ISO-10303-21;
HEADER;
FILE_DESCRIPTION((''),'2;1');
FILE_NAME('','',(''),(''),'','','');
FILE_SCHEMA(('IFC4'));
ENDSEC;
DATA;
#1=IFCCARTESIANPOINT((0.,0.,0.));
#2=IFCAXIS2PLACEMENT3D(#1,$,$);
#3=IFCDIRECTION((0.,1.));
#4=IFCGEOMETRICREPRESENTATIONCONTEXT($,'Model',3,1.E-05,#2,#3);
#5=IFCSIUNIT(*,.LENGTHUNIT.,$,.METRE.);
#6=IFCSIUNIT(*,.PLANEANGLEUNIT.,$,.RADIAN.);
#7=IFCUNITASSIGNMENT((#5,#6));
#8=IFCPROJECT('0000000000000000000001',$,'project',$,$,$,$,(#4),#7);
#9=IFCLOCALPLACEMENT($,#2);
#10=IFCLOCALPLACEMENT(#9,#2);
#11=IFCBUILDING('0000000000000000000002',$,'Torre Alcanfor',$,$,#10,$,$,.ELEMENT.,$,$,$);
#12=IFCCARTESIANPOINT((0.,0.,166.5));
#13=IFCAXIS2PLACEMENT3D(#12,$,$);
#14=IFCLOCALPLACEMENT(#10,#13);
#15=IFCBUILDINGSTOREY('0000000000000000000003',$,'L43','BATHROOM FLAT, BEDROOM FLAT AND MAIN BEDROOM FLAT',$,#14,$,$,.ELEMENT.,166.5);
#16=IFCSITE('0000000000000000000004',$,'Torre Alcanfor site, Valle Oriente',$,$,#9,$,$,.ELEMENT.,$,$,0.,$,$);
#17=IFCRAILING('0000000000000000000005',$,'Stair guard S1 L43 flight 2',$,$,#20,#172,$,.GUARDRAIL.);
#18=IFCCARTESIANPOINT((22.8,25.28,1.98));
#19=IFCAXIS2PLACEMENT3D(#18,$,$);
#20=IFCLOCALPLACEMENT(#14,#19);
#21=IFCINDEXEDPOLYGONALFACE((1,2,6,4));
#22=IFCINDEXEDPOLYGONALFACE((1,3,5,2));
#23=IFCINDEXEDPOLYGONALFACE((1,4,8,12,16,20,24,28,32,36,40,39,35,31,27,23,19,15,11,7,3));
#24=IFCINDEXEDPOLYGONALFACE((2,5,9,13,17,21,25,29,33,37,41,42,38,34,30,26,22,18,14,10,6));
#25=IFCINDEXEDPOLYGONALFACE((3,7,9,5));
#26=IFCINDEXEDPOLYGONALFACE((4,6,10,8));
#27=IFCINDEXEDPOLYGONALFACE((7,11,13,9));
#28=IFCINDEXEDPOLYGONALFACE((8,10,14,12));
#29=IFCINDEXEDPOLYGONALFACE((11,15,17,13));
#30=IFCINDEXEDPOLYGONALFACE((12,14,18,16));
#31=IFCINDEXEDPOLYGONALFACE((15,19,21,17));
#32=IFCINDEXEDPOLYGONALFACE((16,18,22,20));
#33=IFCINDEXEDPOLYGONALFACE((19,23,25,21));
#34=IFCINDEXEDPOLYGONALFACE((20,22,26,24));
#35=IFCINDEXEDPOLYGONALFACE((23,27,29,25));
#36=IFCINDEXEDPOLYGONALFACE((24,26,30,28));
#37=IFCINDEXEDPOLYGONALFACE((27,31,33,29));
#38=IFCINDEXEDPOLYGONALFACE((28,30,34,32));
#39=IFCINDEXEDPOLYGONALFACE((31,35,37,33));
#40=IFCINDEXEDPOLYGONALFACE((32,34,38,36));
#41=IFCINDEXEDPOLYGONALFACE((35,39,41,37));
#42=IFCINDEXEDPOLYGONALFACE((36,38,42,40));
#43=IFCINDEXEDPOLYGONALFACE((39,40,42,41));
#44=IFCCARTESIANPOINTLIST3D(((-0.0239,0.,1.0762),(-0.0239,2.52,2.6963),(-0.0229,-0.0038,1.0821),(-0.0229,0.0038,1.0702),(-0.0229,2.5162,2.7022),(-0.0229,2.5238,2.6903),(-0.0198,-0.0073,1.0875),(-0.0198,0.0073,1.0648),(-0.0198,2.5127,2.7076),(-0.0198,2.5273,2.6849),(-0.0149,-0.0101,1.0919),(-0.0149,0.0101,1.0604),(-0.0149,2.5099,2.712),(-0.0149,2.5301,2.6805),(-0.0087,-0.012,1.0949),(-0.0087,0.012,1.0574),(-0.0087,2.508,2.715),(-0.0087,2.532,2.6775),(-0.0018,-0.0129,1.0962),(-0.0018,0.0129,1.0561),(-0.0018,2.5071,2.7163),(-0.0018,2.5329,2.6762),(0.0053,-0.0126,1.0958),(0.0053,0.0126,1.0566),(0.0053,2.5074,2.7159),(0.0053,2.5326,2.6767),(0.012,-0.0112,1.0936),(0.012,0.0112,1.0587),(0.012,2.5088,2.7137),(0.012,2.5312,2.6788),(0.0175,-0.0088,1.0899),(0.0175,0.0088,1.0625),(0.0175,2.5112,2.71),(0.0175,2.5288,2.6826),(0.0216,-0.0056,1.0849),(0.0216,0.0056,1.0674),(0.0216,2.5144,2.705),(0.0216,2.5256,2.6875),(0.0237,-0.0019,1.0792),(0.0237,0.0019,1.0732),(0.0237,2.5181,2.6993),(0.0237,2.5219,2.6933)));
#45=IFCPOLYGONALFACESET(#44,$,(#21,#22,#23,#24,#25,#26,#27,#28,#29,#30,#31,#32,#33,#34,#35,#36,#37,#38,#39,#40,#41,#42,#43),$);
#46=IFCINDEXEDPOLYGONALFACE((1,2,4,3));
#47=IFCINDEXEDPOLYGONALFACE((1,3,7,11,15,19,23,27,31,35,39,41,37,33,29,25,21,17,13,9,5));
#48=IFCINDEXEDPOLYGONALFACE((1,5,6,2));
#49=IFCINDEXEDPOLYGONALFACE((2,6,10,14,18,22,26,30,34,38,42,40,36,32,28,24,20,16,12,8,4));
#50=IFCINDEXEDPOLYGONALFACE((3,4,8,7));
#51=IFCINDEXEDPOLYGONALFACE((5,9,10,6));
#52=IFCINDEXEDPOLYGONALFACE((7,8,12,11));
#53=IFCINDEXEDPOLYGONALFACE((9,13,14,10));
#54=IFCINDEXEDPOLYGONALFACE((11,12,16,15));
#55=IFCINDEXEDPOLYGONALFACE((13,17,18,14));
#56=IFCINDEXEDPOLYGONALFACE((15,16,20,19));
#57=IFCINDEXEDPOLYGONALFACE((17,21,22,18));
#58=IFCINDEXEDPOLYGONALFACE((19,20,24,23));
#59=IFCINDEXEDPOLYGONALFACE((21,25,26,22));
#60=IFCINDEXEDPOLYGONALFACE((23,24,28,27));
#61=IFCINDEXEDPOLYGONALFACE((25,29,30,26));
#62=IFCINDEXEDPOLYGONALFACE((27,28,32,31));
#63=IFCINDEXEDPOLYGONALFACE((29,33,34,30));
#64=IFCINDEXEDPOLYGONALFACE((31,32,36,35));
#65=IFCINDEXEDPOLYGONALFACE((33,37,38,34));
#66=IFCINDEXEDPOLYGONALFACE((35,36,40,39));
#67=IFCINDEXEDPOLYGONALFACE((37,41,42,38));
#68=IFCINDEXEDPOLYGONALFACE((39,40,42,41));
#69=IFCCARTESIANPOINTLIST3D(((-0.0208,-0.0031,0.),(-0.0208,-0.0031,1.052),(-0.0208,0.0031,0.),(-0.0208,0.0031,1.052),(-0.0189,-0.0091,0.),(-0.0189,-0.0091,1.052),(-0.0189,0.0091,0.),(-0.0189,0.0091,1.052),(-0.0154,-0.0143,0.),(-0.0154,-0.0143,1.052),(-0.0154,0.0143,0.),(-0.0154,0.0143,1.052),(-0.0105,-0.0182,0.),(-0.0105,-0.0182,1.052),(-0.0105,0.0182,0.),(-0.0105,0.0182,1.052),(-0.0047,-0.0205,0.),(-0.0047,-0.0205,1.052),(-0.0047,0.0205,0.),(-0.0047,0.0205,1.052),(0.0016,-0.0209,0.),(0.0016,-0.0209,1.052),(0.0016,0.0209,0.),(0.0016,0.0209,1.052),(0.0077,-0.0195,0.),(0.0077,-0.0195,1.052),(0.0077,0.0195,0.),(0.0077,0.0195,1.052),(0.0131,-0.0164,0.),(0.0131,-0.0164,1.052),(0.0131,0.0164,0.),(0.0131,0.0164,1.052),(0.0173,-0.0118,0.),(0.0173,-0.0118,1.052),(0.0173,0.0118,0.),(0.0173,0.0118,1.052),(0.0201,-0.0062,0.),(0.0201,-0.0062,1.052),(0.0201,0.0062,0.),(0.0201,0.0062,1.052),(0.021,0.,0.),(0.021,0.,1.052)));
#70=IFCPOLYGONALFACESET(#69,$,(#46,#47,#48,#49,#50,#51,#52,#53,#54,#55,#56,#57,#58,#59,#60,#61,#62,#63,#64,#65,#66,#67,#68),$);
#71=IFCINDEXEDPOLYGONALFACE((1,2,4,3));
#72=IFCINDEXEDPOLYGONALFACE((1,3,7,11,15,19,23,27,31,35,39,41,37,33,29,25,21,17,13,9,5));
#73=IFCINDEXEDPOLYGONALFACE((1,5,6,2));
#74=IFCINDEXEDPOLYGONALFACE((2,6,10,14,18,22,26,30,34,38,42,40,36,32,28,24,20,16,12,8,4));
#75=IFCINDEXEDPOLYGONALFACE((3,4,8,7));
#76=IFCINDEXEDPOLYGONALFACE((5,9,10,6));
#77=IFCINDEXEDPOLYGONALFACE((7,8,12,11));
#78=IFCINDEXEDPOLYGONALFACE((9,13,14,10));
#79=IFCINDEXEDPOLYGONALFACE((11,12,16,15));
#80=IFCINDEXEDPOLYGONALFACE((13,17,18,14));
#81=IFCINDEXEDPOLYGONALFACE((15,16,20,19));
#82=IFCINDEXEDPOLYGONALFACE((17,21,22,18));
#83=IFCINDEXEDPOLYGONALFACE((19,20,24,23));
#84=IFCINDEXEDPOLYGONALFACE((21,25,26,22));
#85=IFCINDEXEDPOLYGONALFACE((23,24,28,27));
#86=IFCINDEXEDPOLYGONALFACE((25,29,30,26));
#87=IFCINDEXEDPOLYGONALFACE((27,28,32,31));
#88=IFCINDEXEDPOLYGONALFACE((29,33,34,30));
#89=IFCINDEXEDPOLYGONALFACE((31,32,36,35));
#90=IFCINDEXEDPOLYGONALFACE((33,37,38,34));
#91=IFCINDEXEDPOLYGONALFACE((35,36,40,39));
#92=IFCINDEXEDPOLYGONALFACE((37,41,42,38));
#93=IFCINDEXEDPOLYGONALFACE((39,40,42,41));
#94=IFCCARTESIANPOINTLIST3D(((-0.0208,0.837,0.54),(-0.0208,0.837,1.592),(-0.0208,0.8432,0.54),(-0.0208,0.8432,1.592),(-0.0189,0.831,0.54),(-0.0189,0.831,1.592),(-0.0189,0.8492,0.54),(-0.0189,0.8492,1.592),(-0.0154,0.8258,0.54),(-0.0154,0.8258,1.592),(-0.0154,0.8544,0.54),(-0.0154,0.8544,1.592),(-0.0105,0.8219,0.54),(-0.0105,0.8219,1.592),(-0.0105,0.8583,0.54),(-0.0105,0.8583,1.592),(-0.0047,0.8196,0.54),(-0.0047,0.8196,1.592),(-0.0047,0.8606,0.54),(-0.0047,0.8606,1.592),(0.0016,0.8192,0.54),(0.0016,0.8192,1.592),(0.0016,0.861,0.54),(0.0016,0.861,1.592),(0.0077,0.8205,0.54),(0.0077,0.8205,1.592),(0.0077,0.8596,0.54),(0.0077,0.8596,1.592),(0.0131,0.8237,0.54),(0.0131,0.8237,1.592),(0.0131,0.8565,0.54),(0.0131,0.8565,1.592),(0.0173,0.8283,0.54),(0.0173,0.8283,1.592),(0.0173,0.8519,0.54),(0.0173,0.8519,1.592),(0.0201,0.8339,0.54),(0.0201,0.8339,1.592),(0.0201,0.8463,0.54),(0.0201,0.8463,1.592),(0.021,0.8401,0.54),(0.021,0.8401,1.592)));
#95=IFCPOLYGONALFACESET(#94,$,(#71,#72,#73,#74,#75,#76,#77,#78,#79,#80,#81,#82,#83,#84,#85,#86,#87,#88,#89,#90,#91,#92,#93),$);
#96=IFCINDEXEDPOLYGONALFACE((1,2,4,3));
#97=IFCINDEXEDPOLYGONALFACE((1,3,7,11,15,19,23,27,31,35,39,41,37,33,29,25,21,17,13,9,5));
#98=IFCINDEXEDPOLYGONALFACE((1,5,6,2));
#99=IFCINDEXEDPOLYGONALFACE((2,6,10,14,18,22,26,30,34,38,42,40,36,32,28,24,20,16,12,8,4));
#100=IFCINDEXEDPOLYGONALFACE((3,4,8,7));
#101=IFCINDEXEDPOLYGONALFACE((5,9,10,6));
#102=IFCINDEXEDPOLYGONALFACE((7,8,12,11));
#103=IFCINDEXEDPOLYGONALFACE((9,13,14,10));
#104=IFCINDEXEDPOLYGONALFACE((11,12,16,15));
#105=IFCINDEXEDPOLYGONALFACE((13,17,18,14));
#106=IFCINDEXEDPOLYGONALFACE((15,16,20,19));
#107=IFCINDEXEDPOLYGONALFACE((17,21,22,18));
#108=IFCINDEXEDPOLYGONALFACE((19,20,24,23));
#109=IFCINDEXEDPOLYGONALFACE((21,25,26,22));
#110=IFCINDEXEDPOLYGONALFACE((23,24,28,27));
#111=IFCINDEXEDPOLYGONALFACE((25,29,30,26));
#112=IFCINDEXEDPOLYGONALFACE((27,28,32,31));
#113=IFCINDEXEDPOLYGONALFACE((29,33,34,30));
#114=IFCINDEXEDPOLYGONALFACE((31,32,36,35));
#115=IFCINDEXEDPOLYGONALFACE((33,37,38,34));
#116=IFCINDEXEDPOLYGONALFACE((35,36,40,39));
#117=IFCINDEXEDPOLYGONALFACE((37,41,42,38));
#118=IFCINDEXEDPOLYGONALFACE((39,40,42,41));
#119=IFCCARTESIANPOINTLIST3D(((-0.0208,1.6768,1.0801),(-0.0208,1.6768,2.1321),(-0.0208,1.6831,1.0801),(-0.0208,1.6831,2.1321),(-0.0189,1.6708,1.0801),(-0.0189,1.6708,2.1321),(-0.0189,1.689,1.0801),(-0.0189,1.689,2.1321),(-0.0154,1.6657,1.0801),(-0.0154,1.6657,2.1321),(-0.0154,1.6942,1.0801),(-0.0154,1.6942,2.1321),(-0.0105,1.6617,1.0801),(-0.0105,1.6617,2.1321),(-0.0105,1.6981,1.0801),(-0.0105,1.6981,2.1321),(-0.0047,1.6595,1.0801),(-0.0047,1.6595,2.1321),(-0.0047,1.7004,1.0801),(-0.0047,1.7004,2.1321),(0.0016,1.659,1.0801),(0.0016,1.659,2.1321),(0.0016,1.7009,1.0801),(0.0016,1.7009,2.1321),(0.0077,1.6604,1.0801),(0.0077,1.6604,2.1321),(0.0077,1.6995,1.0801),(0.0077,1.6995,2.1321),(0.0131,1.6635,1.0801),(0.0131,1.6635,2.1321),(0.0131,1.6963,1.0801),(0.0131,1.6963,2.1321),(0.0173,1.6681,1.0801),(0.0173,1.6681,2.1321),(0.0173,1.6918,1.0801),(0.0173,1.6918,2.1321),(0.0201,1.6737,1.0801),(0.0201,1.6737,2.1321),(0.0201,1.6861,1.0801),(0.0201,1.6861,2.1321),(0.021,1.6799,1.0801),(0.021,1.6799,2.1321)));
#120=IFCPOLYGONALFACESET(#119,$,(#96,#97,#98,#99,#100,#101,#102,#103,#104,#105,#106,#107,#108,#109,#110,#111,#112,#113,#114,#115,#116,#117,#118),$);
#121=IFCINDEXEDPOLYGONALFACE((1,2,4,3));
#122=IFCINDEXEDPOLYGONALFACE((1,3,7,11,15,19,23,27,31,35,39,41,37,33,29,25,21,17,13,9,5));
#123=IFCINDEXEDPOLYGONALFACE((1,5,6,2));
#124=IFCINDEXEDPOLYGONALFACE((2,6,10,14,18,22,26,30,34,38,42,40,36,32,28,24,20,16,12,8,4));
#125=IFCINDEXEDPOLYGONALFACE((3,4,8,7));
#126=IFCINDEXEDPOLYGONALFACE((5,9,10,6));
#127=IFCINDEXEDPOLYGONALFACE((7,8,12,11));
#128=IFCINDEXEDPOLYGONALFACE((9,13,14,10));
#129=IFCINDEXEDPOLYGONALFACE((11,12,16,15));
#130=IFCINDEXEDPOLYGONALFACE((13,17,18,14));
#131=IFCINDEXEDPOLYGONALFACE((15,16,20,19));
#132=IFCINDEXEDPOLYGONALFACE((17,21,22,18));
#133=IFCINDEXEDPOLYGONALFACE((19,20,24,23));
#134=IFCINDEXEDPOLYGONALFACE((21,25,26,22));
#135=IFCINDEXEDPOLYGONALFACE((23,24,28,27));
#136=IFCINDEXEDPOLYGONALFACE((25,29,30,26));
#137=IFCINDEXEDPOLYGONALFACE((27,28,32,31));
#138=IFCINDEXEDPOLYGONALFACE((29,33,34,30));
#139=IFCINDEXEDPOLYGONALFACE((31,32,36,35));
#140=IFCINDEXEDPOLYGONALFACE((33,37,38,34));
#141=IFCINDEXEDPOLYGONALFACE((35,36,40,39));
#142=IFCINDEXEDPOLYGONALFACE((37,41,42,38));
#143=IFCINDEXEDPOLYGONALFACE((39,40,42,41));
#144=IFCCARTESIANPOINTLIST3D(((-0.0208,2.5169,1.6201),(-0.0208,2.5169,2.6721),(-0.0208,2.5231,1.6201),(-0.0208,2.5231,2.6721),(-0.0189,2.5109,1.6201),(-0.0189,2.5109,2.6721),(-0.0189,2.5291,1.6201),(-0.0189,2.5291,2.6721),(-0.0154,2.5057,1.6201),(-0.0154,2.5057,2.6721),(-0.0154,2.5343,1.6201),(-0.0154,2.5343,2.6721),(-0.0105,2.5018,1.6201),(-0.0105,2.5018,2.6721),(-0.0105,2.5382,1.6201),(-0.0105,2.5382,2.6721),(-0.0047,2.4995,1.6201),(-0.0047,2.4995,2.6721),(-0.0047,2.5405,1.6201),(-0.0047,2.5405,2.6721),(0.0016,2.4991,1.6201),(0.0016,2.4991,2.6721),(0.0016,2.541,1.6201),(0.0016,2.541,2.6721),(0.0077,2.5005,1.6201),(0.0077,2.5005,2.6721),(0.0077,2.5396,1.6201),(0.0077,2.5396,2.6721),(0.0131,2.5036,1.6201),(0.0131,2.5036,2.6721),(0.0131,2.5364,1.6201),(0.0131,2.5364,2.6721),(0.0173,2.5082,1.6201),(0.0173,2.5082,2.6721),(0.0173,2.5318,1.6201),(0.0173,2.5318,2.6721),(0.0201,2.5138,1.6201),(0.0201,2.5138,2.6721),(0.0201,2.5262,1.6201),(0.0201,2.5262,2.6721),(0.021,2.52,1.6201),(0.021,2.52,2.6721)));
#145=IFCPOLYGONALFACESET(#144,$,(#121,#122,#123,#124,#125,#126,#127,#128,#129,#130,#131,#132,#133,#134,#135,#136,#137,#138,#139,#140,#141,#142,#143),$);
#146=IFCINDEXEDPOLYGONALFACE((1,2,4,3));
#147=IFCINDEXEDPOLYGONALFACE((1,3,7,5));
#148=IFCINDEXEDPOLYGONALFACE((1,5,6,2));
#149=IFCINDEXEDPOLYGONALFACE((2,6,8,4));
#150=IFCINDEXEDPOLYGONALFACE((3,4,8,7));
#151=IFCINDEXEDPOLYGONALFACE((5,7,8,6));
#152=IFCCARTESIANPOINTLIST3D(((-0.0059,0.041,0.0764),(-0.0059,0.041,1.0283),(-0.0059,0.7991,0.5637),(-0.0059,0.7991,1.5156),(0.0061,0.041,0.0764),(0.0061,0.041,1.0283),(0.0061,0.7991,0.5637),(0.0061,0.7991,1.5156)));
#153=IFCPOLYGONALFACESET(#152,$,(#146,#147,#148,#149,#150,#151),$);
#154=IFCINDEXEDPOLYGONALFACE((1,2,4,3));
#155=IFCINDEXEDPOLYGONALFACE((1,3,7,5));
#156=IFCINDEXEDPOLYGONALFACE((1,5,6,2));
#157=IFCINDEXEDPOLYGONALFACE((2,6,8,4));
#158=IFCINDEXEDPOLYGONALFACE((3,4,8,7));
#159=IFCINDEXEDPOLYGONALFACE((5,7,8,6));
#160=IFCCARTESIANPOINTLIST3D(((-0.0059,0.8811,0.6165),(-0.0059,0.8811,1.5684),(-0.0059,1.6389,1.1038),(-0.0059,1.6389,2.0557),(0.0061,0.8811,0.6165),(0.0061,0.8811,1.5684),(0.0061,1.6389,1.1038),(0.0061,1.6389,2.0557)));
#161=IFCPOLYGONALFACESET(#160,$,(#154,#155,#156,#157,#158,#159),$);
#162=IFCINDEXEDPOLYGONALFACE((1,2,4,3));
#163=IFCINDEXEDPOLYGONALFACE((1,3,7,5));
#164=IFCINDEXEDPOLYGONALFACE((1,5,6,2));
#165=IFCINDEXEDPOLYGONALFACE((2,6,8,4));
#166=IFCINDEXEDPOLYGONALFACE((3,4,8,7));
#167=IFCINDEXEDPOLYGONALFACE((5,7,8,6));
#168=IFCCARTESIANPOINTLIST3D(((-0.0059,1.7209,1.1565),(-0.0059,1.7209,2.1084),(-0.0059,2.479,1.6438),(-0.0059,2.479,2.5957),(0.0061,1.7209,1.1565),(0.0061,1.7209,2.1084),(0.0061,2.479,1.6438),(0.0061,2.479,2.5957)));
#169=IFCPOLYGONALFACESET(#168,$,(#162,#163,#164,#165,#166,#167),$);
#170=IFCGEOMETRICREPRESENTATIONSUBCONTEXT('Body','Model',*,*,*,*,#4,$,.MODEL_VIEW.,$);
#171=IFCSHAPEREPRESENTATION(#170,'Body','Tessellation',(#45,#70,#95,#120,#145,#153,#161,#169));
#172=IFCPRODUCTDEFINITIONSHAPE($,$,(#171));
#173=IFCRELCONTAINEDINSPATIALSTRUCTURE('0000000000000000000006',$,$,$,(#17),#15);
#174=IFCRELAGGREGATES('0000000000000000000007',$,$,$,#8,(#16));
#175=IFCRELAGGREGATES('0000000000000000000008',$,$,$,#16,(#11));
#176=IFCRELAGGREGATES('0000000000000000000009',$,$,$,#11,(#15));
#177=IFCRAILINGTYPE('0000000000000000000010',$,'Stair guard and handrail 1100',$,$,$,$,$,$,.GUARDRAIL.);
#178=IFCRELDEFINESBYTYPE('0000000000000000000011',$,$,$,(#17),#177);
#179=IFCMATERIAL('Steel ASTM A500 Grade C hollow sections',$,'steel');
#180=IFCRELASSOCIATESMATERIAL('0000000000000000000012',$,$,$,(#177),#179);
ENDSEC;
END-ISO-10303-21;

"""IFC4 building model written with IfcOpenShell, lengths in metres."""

from ifc_helpers import new_model, si_unit, direction, frame, origin, origin_2d, place, context, subcontext, project, spatial, polyline, circle, outline, extrude, material, type_object, element, save


model = new_model("IFC4")

# Units and contexts
model_context = context("Model", 3, precision=1e-05, world=origin(), true_north=direction((0.0, 1.0)))
body_context = subcontext(model_context, "Body", "Model", "MODEL_VIEW")
ifc_project = project(units=[si_unit("LENGTHUNIT", "METRE"), si_unit("PLANEANGLEUNIT", "RADIAN")], contexts=[model_context])

# Site, building, storey
site_placement = place(None, origin())
site = spatial("IfcSite", under=ifc_project, at=site_placement, Name="Torre Alcanfor site, Valle Oriente", CompositionType="ELEMENT", RefElevation=0.0)
building_placement = place(site_placement, origin())
building = spatial("IfcBuilding", under=site, at=building_placement, Name="Torre Alcanfor", CompositionType="ELEMENT")
storey_placement = place(building_placement, frame((0.0, 0.0, 166.5)))
storey = spatial("IfcBuildingStorey", under=building, at=storey_placement, Name="L43", Description="BATHROOM FLAT, BEDROOM FLAT AND MAIN BEDROOM FLAT", CompositionType="ELEMENT", Elevation=166.5)

# Railing
ifc_material_1 = material(Name="Steel ASTM A500 Grade C hollow sections", Category="steel")
railing_type_1 = type_object("IfcRailingType", Name="Stair guard and handrail 1100", PredefinedType="GUARDRAIL", material=ifc_material_1)
railing_1_placement = place(storey_placement, frame((22.8, 25.28, 1.98)))
element("IfcRailing", 1, at=railing_1_placement, inside=storey, type_object=railing_type_1, Name="Stair guard S1 L43 flight 2", PredefinedType="GUARDRAIL", context=body_context, shape_type="SweptSolid", body=[
    extrude(circle(Radius=0.0239, at=origin_2d()), frame((0.0, 0.0, 1.0762), z_axis=(0.0, 0.841163, 0.540782), x_axis=(-1.0, 0.0, 0.0)), (0.0, 0.0, 1.0), 2.9958),
    extrude(circle(Radius=0.021, at=origin_2d()), origin(), (0.0, 0.0, 1.0), 1.052),
    extrude(circle(Radius=0.021, at=origin_2d()), frame((0.0, 0.8401, 0.54)), (0.0, 0.0, 1.0), 1.052),
    extrude(circle(Radius=0.021, at=origin_2d()), frame((0.0, 1.6799, 1.0801)), (0.0, 0.0, 1.0), 1.052),
    extrude(circle(Radius=0.021, at=origin_2d()), frame((0.0, 2.52, 1.6201)), (0.0, 0.0, 1.0), 1.052),
    extrude(outline(polyline([(0.041, 0.0764), (0.7991, 0.5637), (0.7991, 1.5156), (0.041, 1.0283), (0.041, 0.0764)])), frame((-0.0059, 0.0, 0.0), z_axis=(1.0, 0.0, 0.0), x_axis=(0.0, 1.0, 0.0)), (0.0, 0.0, 1.0), 0.012),
    extrude(outline(polyline([(0.8811, 0.6165), (1.6389, 1.1038), (1.6389, 2.0557), (0.8811, 1.5684), (0.8811, 0.6165)])), frame((-0.0059, 0.0, 0.0), z_axis=(1.0, 0.0, 0.0), x_axis=(0.0, 1.0, 0.0)), (0.0, 0.0, 1.0), 0.012),
    extrude(outline(polyline([(1.7209, 1.1565), (2.479, 1.6438), (2.479, 2.5957), (1.7209, 2.1084), (1.7209, 1.1565)])), frame((-0.0059, 0.0, 0.0), z_axis=(1.0, 0.0, 0.0), x_axis=(0.0, 1.0, 0.0)), (0.0, 0.0, 1.0), 0.012),
])

save(model, "model.ifc")
